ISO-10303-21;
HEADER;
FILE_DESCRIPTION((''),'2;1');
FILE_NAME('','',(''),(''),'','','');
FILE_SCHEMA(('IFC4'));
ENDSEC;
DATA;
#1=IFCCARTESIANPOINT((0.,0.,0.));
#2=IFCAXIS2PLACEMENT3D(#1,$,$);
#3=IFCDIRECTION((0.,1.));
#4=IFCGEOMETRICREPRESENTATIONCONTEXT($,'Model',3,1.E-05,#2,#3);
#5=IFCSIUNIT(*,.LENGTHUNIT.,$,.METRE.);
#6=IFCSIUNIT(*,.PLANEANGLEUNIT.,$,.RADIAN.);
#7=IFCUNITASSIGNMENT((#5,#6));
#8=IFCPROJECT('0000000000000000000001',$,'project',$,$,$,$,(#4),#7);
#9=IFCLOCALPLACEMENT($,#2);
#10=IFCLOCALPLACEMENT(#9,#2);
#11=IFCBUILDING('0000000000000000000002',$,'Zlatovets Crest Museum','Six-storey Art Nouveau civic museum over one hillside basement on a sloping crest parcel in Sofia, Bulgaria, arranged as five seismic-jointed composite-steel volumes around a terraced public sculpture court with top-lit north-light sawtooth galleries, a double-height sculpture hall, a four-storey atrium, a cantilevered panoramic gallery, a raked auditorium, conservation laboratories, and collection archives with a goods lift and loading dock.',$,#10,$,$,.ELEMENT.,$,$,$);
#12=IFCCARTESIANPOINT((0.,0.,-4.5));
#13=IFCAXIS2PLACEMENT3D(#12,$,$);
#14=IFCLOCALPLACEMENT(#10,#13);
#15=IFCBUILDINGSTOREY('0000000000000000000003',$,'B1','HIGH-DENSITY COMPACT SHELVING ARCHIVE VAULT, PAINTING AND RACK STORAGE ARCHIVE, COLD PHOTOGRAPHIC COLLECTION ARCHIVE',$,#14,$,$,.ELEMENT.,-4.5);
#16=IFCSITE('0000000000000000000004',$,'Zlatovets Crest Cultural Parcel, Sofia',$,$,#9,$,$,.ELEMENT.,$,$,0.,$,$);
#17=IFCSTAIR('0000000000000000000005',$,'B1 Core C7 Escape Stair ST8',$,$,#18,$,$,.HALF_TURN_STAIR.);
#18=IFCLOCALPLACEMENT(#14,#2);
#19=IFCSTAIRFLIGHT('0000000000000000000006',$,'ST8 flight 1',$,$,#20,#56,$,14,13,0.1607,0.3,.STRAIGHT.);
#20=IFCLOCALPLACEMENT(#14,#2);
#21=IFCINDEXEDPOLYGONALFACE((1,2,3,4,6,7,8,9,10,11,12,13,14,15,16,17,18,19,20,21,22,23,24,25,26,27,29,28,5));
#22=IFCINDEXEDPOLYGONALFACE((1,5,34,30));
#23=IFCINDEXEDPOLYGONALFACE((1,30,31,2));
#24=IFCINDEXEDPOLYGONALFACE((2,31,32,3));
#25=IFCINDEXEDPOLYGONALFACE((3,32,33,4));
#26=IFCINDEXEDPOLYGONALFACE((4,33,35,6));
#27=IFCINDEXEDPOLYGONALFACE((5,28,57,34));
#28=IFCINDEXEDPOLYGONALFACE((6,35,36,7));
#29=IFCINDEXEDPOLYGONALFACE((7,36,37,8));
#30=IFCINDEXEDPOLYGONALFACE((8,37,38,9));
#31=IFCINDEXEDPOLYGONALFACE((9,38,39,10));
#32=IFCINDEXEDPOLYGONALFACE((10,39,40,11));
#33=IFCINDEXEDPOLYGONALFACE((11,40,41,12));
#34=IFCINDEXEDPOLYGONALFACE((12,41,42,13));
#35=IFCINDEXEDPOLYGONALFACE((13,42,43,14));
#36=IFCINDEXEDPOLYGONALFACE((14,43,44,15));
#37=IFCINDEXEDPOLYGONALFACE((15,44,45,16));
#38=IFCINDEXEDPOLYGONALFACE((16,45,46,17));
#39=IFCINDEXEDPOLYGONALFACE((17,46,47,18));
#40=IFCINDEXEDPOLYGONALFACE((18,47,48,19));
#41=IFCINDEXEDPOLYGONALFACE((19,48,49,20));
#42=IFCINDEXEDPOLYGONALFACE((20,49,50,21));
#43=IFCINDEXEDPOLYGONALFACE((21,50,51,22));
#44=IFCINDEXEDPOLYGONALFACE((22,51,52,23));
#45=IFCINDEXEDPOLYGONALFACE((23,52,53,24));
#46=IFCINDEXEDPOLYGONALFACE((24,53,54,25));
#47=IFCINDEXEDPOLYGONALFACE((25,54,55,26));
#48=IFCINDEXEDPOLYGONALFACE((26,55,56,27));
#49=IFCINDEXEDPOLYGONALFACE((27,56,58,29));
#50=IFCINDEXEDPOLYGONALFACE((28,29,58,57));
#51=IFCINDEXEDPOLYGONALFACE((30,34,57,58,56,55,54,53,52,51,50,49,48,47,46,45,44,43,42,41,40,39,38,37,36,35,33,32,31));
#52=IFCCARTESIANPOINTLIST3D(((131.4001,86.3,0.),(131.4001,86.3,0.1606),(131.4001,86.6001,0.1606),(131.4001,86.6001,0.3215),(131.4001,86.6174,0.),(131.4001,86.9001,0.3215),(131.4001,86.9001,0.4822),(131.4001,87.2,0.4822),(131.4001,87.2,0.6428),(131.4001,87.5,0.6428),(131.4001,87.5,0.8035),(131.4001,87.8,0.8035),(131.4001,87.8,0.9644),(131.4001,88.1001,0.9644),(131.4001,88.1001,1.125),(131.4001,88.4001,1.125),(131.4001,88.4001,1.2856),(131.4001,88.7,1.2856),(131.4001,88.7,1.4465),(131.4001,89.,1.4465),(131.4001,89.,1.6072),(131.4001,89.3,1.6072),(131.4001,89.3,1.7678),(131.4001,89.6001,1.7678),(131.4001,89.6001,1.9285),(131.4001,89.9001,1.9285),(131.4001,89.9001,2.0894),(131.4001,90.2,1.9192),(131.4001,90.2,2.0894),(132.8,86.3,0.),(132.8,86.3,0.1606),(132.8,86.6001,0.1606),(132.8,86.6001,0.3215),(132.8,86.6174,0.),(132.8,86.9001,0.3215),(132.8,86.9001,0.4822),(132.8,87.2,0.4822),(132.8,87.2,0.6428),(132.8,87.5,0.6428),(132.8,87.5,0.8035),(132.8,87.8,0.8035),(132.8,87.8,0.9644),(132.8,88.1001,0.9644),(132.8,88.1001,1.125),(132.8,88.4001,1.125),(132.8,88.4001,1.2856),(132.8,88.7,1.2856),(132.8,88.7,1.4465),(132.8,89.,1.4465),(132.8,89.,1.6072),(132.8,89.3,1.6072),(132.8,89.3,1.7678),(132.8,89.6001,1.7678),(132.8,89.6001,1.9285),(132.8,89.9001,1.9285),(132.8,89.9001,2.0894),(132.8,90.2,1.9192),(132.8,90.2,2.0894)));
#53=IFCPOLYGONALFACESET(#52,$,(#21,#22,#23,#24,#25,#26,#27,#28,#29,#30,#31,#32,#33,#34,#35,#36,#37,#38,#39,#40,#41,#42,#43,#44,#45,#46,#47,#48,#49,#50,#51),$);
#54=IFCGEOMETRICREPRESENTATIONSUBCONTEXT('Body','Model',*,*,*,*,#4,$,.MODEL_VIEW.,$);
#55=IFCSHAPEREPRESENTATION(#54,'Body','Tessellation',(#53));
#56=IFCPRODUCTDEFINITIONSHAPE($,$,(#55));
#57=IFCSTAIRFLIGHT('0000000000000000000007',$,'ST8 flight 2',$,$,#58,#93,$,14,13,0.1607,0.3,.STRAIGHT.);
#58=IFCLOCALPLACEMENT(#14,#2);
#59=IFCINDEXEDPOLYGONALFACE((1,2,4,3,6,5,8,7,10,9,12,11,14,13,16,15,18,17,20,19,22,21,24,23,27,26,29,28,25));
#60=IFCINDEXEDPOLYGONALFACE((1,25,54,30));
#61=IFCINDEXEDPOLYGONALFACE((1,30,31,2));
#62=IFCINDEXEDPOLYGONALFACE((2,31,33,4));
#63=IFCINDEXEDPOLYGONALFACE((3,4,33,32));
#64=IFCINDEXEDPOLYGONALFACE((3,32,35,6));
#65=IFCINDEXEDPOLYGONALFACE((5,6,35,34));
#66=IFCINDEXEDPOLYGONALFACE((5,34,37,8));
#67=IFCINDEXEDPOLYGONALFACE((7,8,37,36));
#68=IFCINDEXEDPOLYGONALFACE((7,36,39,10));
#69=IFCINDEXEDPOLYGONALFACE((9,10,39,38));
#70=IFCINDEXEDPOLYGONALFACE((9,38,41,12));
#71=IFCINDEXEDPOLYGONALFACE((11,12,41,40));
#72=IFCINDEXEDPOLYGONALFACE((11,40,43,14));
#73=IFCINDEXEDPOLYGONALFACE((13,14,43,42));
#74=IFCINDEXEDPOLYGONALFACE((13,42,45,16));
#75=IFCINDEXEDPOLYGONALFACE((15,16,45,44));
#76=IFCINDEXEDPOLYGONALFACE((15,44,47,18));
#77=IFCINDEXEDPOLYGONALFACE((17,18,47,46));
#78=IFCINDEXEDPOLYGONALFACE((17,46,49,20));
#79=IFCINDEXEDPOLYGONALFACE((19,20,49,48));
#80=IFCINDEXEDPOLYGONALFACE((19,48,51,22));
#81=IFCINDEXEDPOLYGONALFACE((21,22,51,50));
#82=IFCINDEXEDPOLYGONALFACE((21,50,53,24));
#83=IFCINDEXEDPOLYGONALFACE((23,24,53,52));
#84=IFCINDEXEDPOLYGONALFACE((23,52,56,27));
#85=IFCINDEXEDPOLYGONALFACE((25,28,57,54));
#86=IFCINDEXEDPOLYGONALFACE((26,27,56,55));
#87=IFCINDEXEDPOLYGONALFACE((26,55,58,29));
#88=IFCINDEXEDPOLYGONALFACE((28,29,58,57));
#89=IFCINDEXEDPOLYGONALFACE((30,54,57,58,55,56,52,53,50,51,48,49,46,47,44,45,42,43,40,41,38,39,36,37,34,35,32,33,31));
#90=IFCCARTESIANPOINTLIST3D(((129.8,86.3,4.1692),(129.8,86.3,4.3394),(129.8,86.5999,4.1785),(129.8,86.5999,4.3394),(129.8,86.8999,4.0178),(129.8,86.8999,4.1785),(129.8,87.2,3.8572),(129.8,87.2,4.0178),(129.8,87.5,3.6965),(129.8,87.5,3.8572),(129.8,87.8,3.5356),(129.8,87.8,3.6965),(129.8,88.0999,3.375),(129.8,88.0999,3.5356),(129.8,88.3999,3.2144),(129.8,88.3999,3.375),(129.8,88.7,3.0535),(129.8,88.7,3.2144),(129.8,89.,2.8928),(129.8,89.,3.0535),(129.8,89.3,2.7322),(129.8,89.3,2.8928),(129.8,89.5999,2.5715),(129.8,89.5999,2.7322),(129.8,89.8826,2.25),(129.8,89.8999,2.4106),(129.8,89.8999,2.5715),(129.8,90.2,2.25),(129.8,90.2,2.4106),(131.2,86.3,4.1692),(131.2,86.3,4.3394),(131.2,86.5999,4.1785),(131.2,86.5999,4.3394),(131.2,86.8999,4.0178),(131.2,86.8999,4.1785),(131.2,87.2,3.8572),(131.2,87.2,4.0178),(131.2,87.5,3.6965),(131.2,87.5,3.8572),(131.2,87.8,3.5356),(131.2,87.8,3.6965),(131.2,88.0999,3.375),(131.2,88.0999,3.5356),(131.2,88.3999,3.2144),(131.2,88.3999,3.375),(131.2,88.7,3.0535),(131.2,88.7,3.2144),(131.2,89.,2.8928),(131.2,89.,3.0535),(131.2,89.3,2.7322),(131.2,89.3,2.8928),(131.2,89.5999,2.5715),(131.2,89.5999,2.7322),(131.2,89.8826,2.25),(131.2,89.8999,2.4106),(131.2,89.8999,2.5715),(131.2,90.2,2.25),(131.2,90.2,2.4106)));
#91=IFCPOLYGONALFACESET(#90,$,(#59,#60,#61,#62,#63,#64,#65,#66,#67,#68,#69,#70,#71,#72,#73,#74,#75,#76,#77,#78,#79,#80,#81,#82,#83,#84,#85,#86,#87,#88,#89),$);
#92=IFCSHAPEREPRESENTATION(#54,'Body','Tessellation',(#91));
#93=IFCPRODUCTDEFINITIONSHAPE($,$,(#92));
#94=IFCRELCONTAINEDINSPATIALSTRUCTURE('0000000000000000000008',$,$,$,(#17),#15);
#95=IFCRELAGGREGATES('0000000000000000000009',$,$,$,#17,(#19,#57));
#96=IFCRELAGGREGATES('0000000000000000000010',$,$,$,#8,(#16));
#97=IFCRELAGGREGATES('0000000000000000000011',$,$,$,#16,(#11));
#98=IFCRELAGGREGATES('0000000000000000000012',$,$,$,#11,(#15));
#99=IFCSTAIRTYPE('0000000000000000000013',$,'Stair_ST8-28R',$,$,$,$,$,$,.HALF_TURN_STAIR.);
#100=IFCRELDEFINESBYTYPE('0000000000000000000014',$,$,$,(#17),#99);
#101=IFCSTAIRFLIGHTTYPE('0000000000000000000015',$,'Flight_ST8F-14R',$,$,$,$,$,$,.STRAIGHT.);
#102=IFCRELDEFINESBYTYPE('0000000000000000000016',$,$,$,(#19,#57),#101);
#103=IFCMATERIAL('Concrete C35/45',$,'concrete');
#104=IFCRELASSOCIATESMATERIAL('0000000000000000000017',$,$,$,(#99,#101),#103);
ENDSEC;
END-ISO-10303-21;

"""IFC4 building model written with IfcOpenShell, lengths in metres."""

from ifc_helpers import new_model, si_unit, direction, frame, origin, place, context, subcontext, project, spatial, polyline, outline, extrude, material, type_object, element, aggregate, save


model = new_model("IFC4")

# Units and contexts
model_context = context("Model", 3, precision=1e-05, world=origin(), true_north=direction((0.0, 1.0)))
body_context = subcontext(model_context, "Body", "Model", "MODEL_VIEW")
ifc_project = project(units=[si_unit("LENGTHUNIT", "METRE"), si_unit("PLANEANGLEUNIT", "RADIAN")], contexts=[model_context])

# Site, building, storey
site_placement = place(None, origin())
site = spatial("IfcSite", under=ifc_project, at=site_placement, Name="Zlatovets Crest Cultural Parcel, Sofia", CompositionType="ELEMENT", RefElevation=0.0)
building_placement = place(site_placement, origin())
building = spatial("IfcBuilding", under=site, at=building_placement, Name="Zlatovets Crest Museum", Description="Six-storey Art Nouveau civic museum over one hillside basement on a sloping crest parcel in Sofia, Bulgaria, arranged as five seismic-jointed composite-steel volumes around a terraced public sculpture court with top-lit north-light sawtooth galleries, a double-height sculpture hall, a four-storey atrium, a cantilevered panoramic gallery, a raked auditorium, conservation laboratories, and collection archives with a goods lift and loading dock.", CompositionType="ELEMENT")
storey_placement = place(building_placement, frame((0.0, 0.0, -4.5)))
storey = spatial("IfcBuildingStorey", under=building, at=storey_placement, Name="B1", Description="HIGH-DENSITY COMPACT SHELVING ARCHIVE VAULT, PAINTING AND RACK STORAGE ARCHIVE, COLD PHOTOGRAPHIC COLLECTION ARCHIVE", CompositionType="ELEMENT", Elevation=-4.5)

# Shared definitions
ifc_material_1 = material(Name="Concrete C35/45", Category="concrete")

# Stair, stair flights
stair_type = type_object("IfcStairType", Name="Stair_ST8-28R", PredefinedType="HALF_TURN_STAIR", material=ifc_material_1)
stair_placement = place(storey_placement, origin())
stair = element("IfcStair", 1, at=stair_placement, inside=storey, type_object=stair_type, Name="B1 Core C7 Escape Stair ST8", PredefinedType="HALF_TURN_STAIR")
stair_flight_type = type_object("IfcStairFlightType", Name="Flight_ST8F-14R", PredefinedType="STRAIGHT", material=ifc_material_1)
stair_flight_1_placement = place(storey_placement, frame((132.1001, 86.3, 0.0), z_axis=(0.0, 0.0, 1.0), x_axis=(0.0, 1.0, 0.0)))
stair_flight_1 = element("IfcStairFlight", 2, at=stair_flight_1_placement, type_object=stair_flight_type, Name="ST8 flight 1", NumberOfRisers=14, NumberOfTreads=13, PredefinedType="STRAIGHT", RiserHeight=0.1607, TreadLength=0.3, context=body_context, shape_type="SweptSolid", body=[
    extrude(outline(polyline([(0.0, 0.0), (0.0, 0.1606), (0.3, 0.1606), (0.3, 0.3215), (0.6001, 0.3215), (0.6001, 0.4822), (0.8999, 0.4822), (0.8999, 0.6428), (1.2, 0.6428), (1.2, 0.8035), (1.5, 0.8035), (1.5, 0.9644), (1.8, 0.9644), (1.8, 1.125), (2.1001, 1.125), (2.1001, 1.2856), (2.3999, 1.2856), (2.3999, 1.4465), (2.7, 1.4465), (2.7, 1.6072), (3.0, 1.6072), (3.0, 1.7678), (3.3, 1.7678), (3.3, 1.9285), (3.6001, 1.9285), (3.6001, 2.0894), (3.8999, 2.0894), (3.8999, 2.25), (3.8999, 1.9192), (0.3174, 0.0), (0.0, 0.0)])), frame((0.0, 0.7, 0.0), z_axis=(0.0, -1.0, 0.0), x_axis=(1.0, 0.0, 0.0)), (0.0, 0.0, 1.0), 1.3999),
])
stair_flight_2_placement = place(storey_placement, frame((130.5, 90.2, 2.25), z_axis=(0.0, 0.0, 1.0), x_axis=(0.0, -1.0, 0.0)))
stair_flight_2 = element("IfcStairFlight", 3, at=stair_flight_2_placement, type_object=stair_flight_type, Name="ST8 flight 2", NumberOfRisers=14, NumberOfTreads=13, PredefinedType="STRAIGHT", RiserHeight=0.1607, TreadLength=0.3, context=body_context, shape_type="SweptSolid", body=[
    extrude(outline(polyline([(0.0, 0.0), (0.0, 0.1606), (0.3, 0.1606), (0.3, 0.3215), (0.6001, 0.3215), (0.6001, 0.4822), (0.8999, 0.4822), (0.8999, 0.6428), (1.2, 0.6428), (1.2, 0.8035), (1.5, 0.8035), (1.5, 0.9644), (1.8, 0.9644), (1.8, 1.125), (2.1001, 1.125), (2.1001, 1.2856), (2.3999, 1.2856), (2.3999, 1.4465), (2.7, 1.4465), (2.7, 1.6072), (3.0, 1.6072), (3.0, 1.7678), (3.3, 1.7678), (3.3, 1.9285), (3.6001, 1.9285), (3.6001, 2.0894), (3.8999, 2.0894), (3.8999, 2.25), (3.8999, 1.9192), (0.3174, 0.0), (0.0, 0.0)])), frame((0.0, 0.7, 0.0), z_axis=(0.0, -1.0, 0.0), x_axis=(1.0, 0.0, 0.0)), (0.0, 0.0, 1.0), 1.3999),
])
aggregate(stair, [stair_flight_1, stair_flight_2])

save(model, "model.ifc")
